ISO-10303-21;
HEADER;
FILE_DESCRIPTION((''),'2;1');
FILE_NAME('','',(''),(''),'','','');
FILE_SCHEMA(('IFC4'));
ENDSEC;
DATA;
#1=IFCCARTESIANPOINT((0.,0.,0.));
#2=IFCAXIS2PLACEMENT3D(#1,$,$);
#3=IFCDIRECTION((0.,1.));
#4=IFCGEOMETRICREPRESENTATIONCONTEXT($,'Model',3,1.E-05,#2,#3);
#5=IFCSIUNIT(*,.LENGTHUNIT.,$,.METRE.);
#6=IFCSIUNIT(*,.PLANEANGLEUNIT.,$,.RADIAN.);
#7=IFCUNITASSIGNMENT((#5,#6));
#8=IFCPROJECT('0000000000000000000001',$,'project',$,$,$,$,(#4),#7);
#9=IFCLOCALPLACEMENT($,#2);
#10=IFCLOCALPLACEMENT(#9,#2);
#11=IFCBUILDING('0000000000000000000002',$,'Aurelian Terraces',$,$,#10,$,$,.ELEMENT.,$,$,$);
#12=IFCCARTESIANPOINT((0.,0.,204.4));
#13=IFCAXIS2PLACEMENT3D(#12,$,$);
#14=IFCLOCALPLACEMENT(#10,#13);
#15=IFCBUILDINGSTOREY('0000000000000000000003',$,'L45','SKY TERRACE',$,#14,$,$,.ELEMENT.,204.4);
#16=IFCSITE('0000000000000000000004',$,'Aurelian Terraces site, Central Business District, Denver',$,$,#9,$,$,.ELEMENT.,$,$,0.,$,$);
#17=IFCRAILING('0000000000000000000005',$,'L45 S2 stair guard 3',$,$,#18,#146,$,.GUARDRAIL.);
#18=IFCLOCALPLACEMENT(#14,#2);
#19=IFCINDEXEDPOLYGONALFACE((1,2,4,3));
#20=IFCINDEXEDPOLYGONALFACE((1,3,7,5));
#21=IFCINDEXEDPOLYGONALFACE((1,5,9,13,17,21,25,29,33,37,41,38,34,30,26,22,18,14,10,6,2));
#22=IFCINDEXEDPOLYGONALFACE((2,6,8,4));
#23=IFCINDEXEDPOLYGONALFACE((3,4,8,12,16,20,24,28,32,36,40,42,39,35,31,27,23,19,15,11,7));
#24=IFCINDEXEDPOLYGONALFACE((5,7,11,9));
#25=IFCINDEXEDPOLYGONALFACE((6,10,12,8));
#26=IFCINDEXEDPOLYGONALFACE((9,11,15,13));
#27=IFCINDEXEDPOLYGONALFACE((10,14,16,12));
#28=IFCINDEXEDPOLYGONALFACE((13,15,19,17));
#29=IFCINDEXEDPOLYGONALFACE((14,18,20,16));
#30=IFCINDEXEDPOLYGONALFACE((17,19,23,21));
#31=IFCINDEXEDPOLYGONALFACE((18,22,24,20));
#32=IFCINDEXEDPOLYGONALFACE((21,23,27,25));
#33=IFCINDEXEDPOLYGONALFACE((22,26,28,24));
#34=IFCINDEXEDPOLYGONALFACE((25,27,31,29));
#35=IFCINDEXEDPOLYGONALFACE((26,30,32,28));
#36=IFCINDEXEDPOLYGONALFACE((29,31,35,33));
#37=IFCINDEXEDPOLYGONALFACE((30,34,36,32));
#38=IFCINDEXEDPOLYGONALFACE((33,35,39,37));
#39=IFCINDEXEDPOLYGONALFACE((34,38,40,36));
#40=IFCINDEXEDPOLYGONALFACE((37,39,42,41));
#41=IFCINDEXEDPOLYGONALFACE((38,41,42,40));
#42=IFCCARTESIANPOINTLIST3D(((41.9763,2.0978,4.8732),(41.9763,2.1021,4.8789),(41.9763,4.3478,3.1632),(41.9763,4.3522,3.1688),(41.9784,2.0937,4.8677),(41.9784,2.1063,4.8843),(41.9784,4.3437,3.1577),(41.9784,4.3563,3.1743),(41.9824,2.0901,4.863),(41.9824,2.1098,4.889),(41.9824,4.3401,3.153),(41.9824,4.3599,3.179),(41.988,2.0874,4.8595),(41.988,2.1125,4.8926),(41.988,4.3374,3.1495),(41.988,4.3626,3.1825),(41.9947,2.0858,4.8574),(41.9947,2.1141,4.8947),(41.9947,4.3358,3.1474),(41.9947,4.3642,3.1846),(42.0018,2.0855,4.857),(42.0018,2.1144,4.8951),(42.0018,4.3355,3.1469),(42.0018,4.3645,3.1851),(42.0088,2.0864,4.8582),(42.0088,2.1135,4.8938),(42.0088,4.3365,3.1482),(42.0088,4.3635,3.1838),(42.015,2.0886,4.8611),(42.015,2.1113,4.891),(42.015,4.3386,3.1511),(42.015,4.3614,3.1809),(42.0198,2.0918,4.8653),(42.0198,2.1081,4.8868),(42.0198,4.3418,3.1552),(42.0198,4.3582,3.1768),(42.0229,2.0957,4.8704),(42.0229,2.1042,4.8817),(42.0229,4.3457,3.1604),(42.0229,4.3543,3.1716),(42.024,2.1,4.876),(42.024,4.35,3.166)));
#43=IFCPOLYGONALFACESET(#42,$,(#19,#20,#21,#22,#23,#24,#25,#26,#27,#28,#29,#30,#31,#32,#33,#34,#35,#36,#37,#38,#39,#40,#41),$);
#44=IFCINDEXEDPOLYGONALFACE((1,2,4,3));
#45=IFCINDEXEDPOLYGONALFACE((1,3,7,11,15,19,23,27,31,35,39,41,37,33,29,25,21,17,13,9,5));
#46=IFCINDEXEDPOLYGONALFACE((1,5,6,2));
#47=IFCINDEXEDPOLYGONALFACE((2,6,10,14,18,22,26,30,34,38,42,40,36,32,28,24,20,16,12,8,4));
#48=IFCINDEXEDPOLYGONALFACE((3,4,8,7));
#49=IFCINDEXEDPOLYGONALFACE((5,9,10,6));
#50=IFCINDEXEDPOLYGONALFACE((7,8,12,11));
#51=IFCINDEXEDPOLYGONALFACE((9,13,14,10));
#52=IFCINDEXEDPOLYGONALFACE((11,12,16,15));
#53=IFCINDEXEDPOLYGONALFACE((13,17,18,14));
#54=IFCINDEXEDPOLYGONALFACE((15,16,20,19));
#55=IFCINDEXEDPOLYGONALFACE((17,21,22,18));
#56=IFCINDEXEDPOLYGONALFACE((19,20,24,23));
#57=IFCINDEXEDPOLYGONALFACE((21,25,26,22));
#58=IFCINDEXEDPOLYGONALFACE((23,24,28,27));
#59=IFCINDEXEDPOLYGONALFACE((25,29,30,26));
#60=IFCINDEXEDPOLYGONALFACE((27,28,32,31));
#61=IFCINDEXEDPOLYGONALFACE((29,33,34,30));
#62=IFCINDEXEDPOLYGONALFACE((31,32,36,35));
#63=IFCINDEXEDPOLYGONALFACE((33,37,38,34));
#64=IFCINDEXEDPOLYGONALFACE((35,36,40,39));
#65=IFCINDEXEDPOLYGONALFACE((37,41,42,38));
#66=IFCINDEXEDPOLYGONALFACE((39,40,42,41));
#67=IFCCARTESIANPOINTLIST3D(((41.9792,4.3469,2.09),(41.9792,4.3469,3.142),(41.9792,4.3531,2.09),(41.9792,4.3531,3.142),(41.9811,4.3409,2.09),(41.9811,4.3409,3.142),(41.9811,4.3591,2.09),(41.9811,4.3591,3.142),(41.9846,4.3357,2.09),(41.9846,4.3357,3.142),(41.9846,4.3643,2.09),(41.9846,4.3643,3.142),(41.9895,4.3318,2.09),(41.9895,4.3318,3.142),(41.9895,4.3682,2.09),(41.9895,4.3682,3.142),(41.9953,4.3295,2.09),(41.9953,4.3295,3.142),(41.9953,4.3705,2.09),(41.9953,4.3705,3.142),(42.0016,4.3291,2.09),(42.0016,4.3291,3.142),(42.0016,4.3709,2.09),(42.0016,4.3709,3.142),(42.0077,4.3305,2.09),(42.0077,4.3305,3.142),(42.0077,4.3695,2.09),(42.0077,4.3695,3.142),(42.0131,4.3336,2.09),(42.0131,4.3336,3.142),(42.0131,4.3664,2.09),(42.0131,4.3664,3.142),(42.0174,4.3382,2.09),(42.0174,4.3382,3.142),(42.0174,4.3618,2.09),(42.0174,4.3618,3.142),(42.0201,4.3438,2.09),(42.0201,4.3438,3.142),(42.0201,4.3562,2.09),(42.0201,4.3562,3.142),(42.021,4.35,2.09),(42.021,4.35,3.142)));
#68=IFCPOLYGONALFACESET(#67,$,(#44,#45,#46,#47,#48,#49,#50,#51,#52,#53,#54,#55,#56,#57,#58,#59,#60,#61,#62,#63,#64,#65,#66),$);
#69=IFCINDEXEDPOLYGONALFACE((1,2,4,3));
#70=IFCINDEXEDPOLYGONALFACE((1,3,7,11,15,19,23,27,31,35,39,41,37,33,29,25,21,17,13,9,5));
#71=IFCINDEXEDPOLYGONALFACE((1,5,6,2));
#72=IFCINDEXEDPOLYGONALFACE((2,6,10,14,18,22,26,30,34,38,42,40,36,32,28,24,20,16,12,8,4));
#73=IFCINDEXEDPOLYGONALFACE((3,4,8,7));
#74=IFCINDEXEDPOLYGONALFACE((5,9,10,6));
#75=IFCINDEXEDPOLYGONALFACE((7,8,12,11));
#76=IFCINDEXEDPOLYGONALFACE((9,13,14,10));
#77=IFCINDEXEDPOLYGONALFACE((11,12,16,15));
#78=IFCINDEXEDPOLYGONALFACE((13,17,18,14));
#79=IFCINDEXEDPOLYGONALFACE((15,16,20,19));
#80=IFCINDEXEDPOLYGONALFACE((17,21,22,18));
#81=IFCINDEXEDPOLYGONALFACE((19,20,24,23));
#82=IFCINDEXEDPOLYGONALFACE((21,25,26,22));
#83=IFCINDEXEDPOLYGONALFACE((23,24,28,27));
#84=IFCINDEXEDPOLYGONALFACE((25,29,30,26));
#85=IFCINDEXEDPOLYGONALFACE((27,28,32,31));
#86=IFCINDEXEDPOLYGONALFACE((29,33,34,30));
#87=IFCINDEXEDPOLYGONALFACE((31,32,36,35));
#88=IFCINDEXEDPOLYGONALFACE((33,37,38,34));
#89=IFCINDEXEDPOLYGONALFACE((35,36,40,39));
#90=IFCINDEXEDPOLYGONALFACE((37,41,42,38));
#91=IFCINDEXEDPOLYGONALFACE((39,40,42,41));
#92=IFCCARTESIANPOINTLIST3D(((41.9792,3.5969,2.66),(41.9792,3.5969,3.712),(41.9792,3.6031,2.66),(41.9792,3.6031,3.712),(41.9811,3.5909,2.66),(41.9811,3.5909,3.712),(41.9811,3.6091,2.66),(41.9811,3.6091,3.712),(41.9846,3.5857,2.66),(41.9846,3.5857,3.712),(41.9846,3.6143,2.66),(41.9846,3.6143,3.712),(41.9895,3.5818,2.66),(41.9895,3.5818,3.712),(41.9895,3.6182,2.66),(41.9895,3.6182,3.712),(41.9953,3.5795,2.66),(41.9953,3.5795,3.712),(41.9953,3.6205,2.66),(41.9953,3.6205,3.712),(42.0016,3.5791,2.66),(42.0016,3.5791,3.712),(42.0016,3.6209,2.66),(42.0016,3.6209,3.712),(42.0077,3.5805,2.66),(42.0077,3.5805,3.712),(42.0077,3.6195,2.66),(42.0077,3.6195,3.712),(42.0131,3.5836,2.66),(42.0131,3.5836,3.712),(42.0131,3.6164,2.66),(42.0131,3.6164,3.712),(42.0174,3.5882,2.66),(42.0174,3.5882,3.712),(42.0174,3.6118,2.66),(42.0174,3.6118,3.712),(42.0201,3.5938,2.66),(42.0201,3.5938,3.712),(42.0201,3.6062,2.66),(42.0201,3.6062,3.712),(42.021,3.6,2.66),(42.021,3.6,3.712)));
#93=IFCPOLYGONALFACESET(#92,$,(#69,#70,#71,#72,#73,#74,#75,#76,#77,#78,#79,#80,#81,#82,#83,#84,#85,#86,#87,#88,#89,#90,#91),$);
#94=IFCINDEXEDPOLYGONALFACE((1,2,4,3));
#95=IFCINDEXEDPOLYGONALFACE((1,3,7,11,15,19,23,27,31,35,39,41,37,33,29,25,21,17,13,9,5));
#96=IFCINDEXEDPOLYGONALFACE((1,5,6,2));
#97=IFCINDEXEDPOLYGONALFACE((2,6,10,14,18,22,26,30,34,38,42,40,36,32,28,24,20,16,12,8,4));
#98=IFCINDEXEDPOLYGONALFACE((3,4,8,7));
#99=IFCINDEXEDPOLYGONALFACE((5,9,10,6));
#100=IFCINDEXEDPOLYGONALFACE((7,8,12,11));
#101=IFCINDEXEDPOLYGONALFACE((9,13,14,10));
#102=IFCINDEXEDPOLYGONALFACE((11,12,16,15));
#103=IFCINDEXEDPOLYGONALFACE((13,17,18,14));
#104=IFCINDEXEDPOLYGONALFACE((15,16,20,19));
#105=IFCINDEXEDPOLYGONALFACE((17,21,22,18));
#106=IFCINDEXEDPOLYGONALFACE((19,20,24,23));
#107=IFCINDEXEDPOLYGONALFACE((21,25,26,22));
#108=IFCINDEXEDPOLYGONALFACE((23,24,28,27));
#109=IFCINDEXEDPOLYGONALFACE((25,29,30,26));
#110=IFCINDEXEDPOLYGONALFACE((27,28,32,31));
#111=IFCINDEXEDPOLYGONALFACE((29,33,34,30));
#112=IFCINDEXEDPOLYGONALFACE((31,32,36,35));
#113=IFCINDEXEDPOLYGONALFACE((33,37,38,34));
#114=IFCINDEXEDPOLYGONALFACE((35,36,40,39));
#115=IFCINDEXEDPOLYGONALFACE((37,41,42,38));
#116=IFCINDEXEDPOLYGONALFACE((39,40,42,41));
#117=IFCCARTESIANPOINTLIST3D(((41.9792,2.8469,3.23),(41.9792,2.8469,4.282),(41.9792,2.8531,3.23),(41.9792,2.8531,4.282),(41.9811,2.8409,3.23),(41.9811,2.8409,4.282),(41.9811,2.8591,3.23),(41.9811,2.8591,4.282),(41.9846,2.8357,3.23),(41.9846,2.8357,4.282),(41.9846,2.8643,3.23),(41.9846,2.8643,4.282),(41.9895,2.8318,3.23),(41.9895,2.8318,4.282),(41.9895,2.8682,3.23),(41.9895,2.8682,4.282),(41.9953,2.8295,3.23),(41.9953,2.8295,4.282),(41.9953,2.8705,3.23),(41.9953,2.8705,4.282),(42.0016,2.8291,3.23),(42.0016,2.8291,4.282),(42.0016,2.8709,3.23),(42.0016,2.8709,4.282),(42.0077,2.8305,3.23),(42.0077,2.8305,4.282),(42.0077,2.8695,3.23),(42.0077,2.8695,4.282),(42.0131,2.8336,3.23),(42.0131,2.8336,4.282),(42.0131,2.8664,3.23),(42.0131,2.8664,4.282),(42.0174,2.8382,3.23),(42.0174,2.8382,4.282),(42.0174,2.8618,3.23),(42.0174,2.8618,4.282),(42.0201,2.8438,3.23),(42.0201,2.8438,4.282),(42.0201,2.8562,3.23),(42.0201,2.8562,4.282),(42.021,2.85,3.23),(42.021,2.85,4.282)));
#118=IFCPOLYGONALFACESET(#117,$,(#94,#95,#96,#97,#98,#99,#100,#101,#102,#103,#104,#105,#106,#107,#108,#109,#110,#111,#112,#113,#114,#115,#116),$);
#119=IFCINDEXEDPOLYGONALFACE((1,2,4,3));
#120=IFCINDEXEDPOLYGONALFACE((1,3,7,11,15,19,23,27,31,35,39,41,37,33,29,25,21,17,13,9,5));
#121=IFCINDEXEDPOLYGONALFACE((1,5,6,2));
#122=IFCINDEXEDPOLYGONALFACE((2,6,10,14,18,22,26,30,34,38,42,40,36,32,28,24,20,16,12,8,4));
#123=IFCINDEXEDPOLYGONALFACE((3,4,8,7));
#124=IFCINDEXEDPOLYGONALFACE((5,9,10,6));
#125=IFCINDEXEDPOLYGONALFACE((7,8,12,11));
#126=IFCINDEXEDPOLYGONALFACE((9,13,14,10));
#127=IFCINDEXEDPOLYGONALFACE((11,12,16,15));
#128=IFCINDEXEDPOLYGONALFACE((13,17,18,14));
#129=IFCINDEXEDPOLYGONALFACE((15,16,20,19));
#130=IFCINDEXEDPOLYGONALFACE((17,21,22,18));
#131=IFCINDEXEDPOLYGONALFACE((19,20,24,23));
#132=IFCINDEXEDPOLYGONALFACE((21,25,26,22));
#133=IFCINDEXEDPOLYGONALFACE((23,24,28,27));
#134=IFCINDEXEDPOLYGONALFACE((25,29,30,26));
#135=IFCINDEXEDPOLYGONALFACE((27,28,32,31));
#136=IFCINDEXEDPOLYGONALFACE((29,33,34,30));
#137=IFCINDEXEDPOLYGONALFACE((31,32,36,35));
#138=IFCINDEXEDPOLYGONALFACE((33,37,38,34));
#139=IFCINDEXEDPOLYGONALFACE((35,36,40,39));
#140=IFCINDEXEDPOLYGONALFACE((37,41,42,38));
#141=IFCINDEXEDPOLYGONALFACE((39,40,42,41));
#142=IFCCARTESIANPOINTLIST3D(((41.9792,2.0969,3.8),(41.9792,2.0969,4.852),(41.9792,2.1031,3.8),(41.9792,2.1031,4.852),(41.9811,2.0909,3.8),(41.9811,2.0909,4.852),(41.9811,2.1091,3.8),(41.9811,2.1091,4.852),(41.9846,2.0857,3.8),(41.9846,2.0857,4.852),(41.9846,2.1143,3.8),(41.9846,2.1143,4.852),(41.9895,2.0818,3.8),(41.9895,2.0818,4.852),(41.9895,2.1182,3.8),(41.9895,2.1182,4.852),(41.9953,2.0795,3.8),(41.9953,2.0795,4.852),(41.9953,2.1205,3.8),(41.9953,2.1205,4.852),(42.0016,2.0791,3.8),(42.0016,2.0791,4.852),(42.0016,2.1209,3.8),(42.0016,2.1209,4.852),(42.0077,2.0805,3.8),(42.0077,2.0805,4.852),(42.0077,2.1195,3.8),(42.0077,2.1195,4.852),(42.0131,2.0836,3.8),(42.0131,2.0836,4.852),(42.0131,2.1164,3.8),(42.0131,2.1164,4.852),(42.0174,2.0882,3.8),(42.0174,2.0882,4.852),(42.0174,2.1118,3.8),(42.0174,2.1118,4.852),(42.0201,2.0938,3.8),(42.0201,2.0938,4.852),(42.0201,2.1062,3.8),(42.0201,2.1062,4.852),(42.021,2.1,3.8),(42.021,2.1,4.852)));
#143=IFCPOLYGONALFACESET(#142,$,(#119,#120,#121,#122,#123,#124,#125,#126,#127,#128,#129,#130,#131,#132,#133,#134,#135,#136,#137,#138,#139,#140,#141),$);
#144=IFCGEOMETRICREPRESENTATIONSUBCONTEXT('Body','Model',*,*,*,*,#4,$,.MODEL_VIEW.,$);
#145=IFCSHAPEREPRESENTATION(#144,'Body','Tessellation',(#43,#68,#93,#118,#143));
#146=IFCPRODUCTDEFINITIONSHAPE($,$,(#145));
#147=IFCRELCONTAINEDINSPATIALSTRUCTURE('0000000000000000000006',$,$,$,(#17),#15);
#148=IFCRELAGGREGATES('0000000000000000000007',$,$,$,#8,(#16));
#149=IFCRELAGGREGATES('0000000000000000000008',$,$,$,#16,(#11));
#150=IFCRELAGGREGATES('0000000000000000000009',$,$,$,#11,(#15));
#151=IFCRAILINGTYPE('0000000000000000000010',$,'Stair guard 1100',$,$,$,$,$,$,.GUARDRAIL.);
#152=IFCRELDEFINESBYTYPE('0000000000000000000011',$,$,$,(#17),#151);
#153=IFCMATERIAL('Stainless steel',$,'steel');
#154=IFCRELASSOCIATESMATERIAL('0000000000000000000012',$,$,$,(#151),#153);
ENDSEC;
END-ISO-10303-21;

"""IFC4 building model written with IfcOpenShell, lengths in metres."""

from ifc_helpers import new_model, si_unit, direction, frame, origin, origin_2d, place, context, subcontext, project, spatial, circle, extrude, source, transform, mapped, material, type_object, element, save


model = new_model("IFC4")

# Units and contexts
model_context = context("Model", 3, precision=1e-05, world=origin(), true_north=direction((0.0, 1.0)))
body_context = subcontext(model_context, "Body", "Model", "MODEL_VIEW")
ifc_project = project(units=[si_unit("LENGTHUNIT", "METRE"), si_unit("PLANEANGLEUNIT", "RADIAN")], contexts=[model_context])

# Site, building, storey
site_placement = place(None, origin())
site = spatial("IfcSite", under=ifc_project, at=site_placement, Name="Aurelian Terraces site, Central Business District, Denver", CompositionType="ELEMENT", RefElevation=0.0)
building_placement = place(site_placement, origin())
building = spatial("IfcBuilding", under=site, at=building_placement, Name="Aurelian Terraces", CompositionType="ELEMENT")
storey_placement = place(building_placement, frame((0.0, 0.0, 204.4)))
storey = spatial("IfcBuildingStorey", under=building, at=storey_placement, Name="L45", Description="SKY TERRACE", CompositionType="ELEMENT", Elevation=204.4)

# Railing
ifc_material_1 = material(Name="Stainless steel", Category="steel")
railing_type_1 = type_object("IfcRailingType", Name="Stair guard 1100", PredefinedType="GUARDRAIL", material=ifc_material_1)
shared_shape_1 = source(origin(), body_context, "Body", "SweptSolid", [
    extrude(circle(Radius=0.024, at=origin_2d()), frame((0.0, 0.0, 1.076), z_axis=(0.0, -0.796162, 0.605083), x_axis=(1.0, 0.0, 0.0)), (0.0, 0.0, 1.0), 2.8261),
    extrude(circle(Radius=0.021, at=origin_2d()), origin(), (0.0, 0.0, 1.0), 1.052),
    extrude(circle(Radius=0.021, at=origin_2d()), frame((0.0, -0.75, 0.57)), (0.0, 0.0, 1.0), 1.052),
    extrude(circle(Radius=0.021, at=origin_2d()), frame((0.0, -1.5, 1.14)), (0.0, 0.0, 1.0), 1.052),
    extrude(circle(Radius=0.021, at=origin_2d()), frame((0.0, -2.25, 1.71)), (0.0, 0.0, 1.0), 1.052),
])
railing_1_placement = place(storey_placement, frame((42.0, 4.35, 2.09)))
element("IfcRailing", 1, at=railing_1_placement, inside=storey, type_object=railing_type_1, Name="L45 S2 stair guard 3", PredefinedType="GUARDRAIL", context=body_context, shape_type="MappedRepresentation", body=[
    mapped(shared_shape_1, transform((0.0, 0.0, 0.0), scale=1.0)),
])

save(model, "model.ifc")
